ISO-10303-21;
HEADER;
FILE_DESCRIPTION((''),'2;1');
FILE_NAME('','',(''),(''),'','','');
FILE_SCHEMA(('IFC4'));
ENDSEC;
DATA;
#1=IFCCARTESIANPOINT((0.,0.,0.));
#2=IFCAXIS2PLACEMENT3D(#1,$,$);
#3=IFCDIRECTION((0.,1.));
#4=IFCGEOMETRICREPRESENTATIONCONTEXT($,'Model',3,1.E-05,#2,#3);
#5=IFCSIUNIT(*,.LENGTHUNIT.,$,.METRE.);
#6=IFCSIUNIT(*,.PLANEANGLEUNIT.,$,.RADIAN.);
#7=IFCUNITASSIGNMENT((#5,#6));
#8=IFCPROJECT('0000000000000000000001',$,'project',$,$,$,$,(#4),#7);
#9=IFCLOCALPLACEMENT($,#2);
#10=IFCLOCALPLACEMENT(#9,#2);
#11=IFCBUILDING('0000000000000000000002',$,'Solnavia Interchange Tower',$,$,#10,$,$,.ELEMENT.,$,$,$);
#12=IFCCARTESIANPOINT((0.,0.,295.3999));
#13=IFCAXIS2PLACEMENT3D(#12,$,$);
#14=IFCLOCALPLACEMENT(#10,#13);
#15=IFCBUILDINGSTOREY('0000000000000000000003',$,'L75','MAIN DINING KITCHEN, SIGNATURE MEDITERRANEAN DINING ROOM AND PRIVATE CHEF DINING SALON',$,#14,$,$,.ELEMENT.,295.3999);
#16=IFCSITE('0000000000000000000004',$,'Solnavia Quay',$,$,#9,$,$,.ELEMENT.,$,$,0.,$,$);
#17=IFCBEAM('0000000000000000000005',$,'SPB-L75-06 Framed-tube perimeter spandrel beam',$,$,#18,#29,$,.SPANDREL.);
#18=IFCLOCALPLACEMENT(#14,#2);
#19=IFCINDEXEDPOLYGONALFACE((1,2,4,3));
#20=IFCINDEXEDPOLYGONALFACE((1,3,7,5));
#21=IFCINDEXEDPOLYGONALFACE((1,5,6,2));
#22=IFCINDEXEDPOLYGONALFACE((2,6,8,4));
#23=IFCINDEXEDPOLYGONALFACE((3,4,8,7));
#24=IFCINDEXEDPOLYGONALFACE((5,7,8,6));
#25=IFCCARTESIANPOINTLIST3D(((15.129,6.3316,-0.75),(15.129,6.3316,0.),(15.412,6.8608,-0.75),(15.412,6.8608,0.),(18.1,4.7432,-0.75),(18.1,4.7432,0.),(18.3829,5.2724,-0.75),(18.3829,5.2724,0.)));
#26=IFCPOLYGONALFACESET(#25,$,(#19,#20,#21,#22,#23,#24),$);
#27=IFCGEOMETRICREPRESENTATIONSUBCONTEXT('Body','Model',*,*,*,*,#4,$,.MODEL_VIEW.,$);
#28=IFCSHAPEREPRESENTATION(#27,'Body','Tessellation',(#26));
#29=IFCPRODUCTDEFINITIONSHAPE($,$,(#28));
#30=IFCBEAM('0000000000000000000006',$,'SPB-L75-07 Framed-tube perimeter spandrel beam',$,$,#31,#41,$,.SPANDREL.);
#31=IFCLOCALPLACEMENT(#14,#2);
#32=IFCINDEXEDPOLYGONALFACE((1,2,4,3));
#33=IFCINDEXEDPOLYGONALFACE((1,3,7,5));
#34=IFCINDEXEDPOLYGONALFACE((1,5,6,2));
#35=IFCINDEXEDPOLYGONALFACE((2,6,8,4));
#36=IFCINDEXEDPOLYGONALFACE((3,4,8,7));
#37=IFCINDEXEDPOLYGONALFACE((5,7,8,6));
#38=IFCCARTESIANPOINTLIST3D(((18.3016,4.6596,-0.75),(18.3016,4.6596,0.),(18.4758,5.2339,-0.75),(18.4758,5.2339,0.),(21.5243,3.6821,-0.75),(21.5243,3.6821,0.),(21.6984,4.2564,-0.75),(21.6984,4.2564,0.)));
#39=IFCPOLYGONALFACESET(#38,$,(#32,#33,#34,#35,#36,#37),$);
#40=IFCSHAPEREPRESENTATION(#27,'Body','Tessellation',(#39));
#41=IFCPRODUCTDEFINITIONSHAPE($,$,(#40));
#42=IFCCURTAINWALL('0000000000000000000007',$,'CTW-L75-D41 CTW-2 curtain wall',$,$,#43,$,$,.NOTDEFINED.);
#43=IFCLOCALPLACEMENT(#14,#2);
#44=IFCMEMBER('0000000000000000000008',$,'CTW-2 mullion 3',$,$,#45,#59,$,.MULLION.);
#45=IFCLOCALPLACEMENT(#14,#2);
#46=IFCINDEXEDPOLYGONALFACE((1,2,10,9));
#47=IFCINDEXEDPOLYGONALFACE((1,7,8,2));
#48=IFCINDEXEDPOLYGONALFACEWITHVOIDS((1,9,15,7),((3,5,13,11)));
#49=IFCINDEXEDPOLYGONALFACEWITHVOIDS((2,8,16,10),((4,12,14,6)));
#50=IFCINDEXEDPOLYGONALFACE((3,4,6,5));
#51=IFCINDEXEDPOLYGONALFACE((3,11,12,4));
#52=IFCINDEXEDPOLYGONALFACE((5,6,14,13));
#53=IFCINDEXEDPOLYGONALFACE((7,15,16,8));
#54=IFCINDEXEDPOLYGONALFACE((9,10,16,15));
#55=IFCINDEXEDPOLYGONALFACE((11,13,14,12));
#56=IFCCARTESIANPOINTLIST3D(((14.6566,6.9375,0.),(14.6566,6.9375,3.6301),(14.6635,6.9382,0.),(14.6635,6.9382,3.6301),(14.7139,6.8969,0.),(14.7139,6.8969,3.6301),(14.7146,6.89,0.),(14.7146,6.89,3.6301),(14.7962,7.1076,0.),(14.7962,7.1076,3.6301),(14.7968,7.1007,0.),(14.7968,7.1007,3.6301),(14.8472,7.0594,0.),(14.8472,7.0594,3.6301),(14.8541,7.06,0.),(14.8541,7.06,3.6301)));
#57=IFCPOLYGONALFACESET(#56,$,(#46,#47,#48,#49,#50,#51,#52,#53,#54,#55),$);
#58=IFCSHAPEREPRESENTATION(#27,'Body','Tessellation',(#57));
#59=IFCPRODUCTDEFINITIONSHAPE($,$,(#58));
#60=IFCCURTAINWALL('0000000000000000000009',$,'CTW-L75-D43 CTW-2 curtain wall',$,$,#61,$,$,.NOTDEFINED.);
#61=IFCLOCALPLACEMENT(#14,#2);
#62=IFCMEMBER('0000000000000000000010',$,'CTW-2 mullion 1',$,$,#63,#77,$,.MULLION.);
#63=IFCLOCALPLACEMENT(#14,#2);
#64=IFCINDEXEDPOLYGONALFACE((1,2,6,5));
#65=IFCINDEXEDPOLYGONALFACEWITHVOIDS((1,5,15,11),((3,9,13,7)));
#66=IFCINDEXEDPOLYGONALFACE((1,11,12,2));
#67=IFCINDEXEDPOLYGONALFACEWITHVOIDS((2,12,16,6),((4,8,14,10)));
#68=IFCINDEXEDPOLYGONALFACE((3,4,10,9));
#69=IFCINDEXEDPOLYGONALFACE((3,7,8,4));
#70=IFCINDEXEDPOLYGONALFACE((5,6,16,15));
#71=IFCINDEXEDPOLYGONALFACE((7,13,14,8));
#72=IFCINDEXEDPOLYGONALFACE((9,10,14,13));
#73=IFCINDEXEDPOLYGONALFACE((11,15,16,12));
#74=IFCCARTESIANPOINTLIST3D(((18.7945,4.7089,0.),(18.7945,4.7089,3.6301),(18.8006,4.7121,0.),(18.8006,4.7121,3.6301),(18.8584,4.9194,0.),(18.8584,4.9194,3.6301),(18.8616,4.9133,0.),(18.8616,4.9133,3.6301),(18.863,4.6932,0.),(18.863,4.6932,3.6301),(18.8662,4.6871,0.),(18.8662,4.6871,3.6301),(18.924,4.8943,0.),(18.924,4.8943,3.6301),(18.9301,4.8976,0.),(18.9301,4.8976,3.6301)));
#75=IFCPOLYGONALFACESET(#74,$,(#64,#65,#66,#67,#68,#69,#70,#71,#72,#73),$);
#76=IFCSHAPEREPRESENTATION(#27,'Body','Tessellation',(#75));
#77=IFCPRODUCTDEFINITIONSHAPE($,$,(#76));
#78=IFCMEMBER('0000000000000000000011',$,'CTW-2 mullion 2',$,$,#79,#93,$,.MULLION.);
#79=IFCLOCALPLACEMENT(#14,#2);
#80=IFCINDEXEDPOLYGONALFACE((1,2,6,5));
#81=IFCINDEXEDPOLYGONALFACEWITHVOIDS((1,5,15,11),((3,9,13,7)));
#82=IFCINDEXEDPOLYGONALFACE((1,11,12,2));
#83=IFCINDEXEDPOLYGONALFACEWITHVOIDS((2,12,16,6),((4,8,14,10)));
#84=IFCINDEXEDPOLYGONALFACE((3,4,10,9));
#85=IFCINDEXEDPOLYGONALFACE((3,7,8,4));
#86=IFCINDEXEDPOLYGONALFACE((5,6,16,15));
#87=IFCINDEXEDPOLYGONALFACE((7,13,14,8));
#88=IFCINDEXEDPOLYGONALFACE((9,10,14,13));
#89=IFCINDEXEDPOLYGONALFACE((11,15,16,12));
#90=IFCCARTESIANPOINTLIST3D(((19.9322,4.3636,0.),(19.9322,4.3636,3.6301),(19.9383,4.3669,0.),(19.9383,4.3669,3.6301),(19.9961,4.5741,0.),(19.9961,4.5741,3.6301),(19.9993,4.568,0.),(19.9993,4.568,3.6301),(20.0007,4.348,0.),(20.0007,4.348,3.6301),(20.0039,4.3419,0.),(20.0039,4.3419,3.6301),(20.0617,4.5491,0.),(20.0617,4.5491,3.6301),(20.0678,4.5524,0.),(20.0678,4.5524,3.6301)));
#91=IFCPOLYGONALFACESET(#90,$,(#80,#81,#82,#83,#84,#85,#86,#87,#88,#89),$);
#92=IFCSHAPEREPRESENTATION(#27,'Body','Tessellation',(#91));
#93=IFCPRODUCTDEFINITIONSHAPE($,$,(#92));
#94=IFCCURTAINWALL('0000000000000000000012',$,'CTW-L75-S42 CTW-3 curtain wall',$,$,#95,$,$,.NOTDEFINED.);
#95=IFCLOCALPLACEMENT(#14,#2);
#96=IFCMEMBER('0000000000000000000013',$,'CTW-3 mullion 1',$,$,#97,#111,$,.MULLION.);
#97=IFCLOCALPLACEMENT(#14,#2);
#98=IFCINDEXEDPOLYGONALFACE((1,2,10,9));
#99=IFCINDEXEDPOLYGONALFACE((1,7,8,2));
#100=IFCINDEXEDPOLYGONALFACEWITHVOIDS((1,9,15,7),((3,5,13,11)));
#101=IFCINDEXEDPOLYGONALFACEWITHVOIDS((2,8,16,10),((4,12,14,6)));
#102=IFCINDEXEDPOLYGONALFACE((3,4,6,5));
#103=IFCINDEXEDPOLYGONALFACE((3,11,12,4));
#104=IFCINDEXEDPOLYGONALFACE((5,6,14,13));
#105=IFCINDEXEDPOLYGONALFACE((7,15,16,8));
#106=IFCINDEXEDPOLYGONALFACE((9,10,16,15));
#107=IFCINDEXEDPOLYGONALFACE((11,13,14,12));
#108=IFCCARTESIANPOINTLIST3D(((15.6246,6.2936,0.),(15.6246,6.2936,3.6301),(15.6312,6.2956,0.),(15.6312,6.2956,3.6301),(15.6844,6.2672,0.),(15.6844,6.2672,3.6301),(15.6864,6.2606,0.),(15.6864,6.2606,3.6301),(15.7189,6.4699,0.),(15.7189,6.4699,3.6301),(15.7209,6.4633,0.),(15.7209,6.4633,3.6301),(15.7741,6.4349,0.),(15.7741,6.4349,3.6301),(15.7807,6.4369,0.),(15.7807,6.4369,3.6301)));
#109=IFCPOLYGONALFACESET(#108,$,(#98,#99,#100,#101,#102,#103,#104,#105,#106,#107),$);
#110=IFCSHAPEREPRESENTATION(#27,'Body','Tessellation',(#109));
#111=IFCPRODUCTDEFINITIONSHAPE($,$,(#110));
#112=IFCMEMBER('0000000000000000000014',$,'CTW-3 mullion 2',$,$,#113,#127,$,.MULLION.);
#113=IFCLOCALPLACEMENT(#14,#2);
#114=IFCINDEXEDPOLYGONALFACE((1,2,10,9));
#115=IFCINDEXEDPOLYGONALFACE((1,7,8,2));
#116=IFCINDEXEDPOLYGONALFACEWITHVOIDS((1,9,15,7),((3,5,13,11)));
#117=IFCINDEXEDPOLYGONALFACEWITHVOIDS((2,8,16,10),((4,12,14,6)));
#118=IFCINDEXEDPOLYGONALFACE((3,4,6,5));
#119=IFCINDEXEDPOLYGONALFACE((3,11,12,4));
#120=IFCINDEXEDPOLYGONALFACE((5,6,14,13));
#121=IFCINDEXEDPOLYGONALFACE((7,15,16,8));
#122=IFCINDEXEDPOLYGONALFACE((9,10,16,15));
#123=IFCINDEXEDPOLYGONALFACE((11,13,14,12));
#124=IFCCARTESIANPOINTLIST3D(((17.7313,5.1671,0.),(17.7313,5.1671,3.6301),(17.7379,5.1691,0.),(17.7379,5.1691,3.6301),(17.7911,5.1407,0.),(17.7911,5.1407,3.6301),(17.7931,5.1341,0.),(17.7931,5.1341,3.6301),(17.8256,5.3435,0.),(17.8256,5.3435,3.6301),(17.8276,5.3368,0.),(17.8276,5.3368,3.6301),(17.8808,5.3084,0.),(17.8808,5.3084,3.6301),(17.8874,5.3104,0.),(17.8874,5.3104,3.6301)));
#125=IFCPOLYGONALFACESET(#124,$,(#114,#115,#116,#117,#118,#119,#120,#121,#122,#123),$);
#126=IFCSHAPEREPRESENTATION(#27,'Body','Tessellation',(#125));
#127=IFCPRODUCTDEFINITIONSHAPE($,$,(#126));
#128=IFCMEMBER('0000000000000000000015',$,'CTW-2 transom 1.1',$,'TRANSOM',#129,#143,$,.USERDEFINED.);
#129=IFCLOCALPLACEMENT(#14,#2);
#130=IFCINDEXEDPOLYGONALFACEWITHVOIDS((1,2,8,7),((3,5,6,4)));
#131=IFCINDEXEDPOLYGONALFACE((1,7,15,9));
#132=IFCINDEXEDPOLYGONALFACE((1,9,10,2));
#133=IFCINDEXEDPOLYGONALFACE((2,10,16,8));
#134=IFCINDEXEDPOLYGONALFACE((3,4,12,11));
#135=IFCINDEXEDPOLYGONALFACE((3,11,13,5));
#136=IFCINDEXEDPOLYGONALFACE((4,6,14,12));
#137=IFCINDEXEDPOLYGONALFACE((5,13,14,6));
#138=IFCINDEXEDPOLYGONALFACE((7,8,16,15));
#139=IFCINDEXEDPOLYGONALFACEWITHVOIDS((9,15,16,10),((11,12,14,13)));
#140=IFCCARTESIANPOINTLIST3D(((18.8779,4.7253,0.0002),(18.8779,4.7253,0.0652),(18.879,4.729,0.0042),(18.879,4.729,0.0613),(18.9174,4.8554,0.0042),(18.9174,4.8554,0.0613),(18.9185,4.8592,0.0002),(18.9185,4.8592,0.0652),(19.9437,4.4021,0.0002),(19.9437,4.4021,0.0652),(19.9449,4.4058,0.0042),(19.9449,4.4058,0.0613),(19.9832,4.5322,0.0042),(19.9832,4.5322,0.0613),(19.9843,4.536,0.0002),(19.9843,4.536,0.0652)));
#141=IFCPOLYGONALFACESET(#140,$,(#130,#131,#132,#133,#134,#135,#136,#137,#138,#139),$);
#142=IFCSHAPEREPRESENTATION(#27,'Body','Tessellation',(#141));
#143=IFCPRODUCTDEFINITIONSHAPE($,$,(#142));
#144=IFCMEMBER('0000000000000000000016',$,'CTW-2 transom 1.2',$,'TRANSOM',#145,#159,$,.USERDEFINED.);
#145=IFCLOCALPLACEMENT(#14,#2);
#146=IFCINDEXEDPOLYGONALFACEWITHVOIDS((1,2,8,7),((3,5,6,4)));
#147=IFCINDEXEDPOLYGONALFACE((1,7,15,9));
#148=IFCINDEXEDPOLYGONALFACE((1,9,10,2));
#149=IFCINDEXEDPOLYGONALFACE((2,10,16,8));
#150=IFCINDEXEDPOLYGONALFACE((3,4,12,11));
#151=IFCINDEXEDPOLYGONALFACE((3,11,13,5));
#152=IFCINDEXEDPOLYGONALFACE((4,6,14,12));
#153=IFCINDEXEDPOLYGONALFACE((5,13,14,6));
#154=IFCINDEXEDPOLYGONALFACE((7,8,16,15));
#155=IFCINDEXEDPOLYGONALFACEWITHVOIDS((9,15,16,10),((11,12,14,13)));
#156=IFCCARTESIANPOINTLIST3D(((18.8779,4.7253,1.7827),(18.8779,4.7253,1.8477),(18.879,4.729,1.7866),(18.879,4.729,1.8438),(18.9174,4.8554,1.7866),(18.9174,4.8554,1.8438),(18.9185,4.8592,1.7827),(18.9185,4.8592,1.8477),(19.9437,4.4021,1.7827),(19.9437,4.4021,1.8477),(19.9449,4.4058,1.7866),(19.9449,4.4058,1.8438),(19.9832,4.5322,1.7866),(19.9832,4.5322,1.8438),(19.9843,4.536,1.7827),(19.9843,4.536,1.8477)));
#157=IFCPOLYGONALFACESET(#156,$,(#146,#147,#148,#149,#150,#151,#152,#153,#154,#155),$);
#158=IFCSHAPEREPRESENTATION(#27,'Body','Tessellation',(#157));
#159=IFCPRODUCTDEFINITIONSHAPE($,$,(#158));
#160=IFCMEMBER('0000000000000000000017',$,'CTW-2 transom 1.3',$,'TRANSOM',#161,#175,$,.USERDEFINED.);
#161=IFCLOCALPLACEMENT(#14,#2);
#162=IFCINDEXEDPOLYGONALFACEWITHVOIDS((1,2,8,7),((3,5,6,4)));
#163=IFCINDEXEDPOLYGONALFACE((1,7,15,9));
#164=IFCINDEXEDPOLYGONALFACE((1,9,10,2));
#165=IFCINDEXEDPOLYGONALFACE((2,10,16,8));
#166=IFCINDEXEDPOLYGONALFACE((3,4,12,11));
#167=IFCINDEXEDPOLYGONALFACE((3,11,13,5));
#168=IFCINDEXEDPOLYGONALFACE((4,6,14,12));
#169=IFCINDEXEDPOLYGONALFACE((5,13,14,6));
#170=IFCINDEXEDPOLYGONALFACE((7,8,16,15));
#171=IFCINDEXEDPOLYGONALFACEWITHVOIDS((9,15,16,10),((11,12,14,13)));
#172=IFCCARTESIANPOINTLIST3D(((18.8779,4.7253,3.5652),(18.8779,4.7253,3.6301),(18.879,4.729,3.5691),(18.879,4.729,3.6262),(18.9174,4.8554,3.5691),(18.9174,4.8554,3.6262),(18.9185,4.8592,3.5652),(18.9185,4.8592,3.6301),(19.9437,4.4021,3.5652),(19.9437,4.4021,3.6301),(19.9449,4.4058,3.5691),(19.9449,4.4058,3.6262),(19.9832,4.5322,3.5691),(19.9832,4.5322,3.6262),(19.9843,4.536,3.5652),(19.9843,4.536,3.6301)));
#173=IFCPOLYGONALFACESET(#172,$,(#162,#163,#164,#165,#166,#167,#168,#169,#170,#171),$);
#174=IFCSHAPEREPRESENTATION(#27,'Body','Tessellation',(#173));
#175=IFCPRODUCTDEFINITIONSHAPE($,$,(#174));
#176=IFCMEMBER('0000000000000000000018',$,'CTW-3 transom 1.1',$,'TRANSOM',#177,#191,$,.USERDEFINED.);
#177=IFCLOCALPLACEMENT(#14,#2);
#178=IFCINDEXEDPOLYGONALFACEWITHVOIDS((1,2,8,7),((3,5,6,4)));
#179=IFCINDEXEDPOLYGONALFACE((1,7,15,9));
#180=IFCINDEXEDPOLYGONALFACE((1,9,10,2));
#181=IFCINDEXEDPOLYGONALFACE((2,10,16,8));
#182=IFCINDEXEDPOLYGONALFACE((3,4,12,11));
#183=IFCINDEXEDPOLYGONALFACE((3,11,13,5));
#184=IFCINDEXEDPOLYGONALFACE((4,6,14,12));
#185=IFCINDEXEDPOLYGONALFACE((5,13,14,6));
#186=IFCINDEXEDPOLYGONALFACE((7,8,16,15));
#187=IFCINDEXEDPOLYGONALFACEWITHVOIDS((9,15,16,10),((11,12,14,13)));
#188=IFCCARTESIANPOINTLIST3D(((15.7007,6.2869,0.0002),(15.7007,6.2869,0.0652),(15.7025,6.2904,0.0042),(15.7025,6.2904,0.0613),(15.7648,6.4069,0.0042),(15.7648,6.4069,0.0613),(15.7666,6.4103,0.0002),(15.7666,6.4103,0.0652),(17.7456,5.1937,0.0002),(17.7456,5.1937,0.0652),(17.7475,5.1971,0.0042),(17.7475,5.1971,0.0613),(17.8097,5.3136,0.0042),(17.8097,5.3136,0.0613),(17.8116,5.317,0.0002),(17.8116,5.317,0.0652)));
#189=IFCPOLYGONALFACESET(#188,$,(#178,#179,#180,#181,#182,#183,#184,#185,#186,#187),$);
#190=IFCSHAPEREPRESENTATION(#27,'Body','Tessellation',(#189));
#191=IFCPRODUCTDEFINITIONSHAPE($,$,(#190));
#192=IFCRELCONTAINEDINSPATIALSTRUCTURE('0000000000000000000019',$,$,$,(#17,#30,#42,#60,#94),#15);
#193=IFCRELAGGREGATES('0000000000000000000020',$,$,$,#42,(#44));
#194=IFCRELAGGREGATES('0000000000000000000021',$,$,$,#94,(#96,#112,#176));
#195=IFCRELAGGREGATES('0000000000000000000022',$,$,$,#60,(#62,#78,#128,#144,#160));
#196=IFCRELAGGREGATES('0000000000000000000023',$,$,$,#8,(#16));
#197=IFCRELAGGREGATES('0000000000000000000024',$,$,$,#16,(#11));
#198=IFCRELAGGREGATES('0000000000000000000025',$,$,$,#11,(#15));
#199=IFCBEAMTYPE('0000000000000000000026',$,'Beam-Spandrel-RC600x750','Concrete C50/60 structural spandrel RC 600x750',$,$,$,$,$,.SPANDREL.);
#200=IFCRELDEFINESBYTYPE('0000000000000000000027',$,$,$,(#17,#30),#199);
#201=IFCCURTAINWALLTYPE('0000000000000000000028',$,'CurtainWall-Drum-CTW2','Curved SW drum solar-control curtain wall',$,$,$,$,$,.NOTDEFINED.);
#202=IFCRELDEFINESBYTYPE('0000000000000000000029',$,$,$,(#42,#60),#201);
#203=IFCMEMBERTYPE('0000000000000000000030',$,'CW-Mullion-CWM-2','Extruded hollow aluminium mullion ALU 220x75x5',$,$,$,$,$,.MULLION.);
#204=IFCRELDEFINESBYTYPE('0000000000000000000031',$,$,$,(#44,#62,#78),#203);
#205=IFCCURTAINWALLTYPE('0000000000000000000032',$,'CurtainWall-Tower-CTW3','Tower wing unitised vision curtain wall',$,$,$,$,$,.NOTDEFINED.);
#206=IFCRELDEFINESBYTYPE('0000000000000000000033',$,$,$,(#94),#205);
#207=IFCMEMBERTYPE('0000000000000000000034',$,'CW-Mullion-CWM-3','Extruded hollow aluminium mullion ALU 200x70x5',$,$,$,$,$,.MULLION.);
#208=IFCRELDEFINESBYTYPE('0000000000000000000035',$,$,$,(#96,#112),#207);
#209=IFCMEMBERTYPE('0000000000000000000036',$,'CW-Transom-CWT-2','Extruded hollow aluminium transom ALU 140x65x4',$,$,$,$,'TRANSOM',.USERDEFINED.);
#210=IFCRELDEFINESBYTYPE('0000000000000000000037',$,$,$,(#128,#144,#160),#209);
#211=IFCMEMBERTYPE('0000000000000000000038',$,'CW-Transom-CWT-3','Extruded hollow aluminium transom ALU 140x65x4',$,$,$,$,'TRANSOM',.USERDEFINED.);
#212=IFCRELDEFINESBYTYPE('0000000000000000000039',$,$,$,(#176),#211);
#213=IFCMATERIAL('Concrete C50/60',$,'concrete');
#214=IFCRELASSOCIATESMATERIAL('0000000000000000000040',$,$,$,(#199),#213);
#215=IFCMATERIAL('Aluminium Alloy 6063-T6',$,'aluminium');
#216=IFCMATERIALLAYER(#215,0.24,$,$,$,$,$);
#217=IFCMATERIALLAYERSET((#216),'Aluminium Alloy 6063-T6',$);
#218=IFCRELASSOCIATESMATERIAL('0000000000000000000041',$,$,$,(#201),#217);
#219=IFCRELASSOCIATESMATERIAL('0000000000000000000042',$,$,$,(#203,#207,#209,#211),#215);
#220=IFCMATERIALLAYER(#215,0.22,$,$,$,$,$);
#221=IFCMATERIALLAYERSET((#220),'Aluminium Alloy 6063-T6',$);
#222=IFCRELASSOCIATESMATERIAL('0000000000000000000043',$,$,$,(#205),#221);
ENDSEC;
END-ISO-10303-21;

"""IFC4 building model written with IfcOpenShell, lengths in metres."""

from ifc_helpers import new_model, si_unit, direction, frame, origin, origin_2d, place, context, subcontext, project, spatial, rectangle, hollow_rectangle, extrude, material, layer, layer_set, material_profile, profile_set, type_object, element, aggregate, save


model = new_model("IFC4")

# Units and contexts
model_context = context("Model", 3, precision=1e-05, world=origin(), true_north=direction((0.0, 1.0)))
body_context = subcontext(model_context, "Body", "Model", "MODEL_VIEW")
ifc_project = project(units=[si_unit("LENGTHUNIT", "METRE"), si_unit("PLANEANGLEUNIT", "RADIAN")], contexts=[model_context])

# Site, building, storey
site_placement = place(None, origin())
site = spatial("IfcSite", under=ifc_project, at=site_placement, Name="Solnavia Quay", CompositionType="ELEMENT", RefElevation=0.0)
building_placement = place(site_placement, origin())
building = spatial("IfcBuilding", under=site, at=building_placement, Name="Solnavia Interchange Tower", CompositionType="ELEMENT")
storey_placement = place(building_placement, frame((0.0, 0.0, 295.3999)))
storey = spatial("IfcBuildingStorey", under=building, at=storey_placement, Name="L75", Description="MAIN DINING KITCHEN, SIGNATURE MEDITERRANEAN DINING ROOM AND PRIVATE CHEF DINING SALON", CompositionType="ELEMENT", Elevation=295.3999)

# Shared definitions
ifc_material_1 = material(Name="Concrete C50/60", Category="concrete")

# Beams
ifc_material_profile_1 = material_profile(ifc_material_1, rectangle(XDim=0.6001, YDim=0.75, at=origin_2d()), Name="RC 600x750")
ifc_profile_set_1 = profile_set([ifc_material_profile_1], Name="Concrete C50/60")
beam_type_1 = type_object("IfcBeamType", Name="Beam-Spandrel-RC600x750", Description="Concrete C50/60 structural spandrel RC 600x750", PredefinedType="SPANDREL", material=ifc_profile_set_1)
beam_1_placement = place(storey_placement, frame((15.2705, 6.5962, -0.375), z_axis=(0.881875, -0.471483, 0.0), x_axis=(0.471483, 0.881875, 0.0)))
element("IfcBeam", 1, at=beam_1_placement, inside=storey, type_object=beam_type_1, Name="SPB-L75-06 Framed-tube perimeter spandrel beam", PredefinedType="SPANDREL", context=body_context, shape_type="SweptSolid", body=[
    extrude(rectangle(XDim=0.6001, YDim=0.75, at=origin_2d()), origin(), (0.0, 0.0, 1.0), 3.3689),
])
beam_2_placement = place(storey_placement, frame((18.3887, 4.9468, -0.375), z_axis=(0.956944, -0.290273, 0.0), x_axis=(0.290273, 0.956944, 0.0)))
element("IfcBeam", 2, at=beam_2_placement, inside=storey, type_object=beam_type_1, Name="SPB-L75-07 Framed-tube perimeter spandrel beam", PredefinedType="SPANDREL", context=body_context, shape_type="SweptSolid", body=[
    extrude(rectangle(XDim=0.6001, YDim=0.75, at=origin_2d()), origin(), (0.0, 0.0, 1.0), 3.3677),
])

# Curtain wall, member
ifc_material_2 = material(Name="Aluminium Alloy 6063-T6", Category="aluminium")
ifc_layer_1 = layer(ifc_material_2, 0.24)
ifc_layer_set_1 = layer_set([ifc_layer_1], Name="Aluminium Alloy 6063-T6")
curtain_wall_type_1 = type_object("IfcCurtainWallType", Name="CurtainWall-Drum-CTW2", Description="Curved SW drum solar-control curtain wall", PredefinedType="NOTDEFINED", material=ifc_layer_set_1)
curtain_wall_1_placement = place(storey_placement, origin())
curtain_wall_1 = element("IfcCurtainWall", 3, at=curtain_wall_1_placement, inside=storey, type_object=curtain_wall_type_1, Name="CTW-L75-D41 CTW-2 curtain wall", PredefinedType="NOTDEFINED")
ifc_material_profile_2 = material_profile(ifc_material_2, hollow_rectangle(XDim=0.075, YDim=0.22, WallThickness=0.0049, at=origin_2d()), Name="ALU 220x75x5")
ifc_profile_set_2 = profile_set([ifc_material_profile_2], Name="Aluminium Alloy 6063-T6")
member_type_1 = type_object("IfcMemberType", Name="CW-Mullion-CWM-2", Description="Extruded hollow aluminium mullion ALU 220x75x5", PredefinedType="MULLION", material=ifc_profile_set_2)
member_1_placement = place(storey_placement, frame((14.7554, 6.9988, 0.0), z_axis=(0.0, 0.0, 1.0), x_axis=(0.773103, -0.63428, 0.0)))
member_1 = element("IfcMember", 4, at=member_1_placement, type_object=member_type_1, Name="CTW-2 mullion 3", PredefinedType="MULLION", context=body_context, shape_type="SweptSolid", body=[
    extrude(hollow_rectangle(XDim=0.075, YDim=0.22, WallThickness=0.0049, at=origin_2d()), origin(), (0.0, 0.0, 1.0), 3.6301),
])
aggregate(curtain_wall_1, [member_1])

# Curtain walls, members
curtain_wall_2_placement = place(storey_placement, origin())
curtain_wall_2 = element("IfcCurtainWall", 5, at=curtain_wall_2_placement, inside=storey, type_object=curtain_wall_type_1, Name="CTW-L75-D43 CTW-2 curtain wall", PredefinedType="NOTDEFINED")
member_2_placement = place(storey_placement, frame((18.8623, 4.8032, 0.0), z_axis=(0.0, 0.0, 1.0), x_axis=(0.956942, -0.290279, 0.0)))
member_2 = element("IfcMember", 6, at=member_2_placement, type_object=member_type_1, Name="CTW-2 mullion 1", PredefinedType="MULLION", context=body_context, shape_type="SweptSolid", body=[
    extrude(hollow_rectangle(XDim=0.075, YDim=0.22, WallThickness=0.0049, at=origin_2d()), origin(), (0.0, 0.0, 1.0), 3.6301),
])
member_3_placement = place(storey_placement, frame((20.0, 4.458, 0.0), z_axis=(0.0, 0.0, 1.0), x_axis=(0.956942, -0.290279, 0.0)))
member_3 = element("IfcMember", 7, at=member_3_placement, type_object=member_type_1, Name="CTW-2 mullion 2", PredefinedType="MULLION", context=body_context, shape_type="SweptSolid", body=[
    extrude(hollow_rectangle(XDim=0.075, YDim=0.22, WallThickness=0.0049, at=origin_2d()), origin(), (0.0, 0.0, 1.0), 3.6301),
])
ifc_layer_2 = layer(ifc_material_2, 0.22)
ifc_layer_set_2 = layer_set([ifc_layer_2], Name="Aluminium Alloy 6063-T6")
curtain_wall_type_2 = type_object("IfcCurtainWallType", Name="CurtainWall-Tower-CTW3", Description="Tower wing unitised vision curtain wall", PredefinedType="NOTDEFINED", material=ifc_layer_set_2)
curtain_wall_3_placement = place(storey_placement, origin())
curtain_wall_3 = element("IfcCurtainWall", 8, at=curtain_wall_3_placement, inside=storey, type_object=curtain_wall_type_2, Name="CTW-L75-S42 CTW-3 curtain wall", PredefinedType="NOTDEFINED")
ifc_material_profile_3 = material_profile(ifc_material_2, hollow_rectangle(XDim=0.0701, YDim=0.2, WallThickness=0.0049, at=origin_2d()), Name="ALU 200x70x5")
ifc_profile_set_3 = profile_set([ifc_material_profile_3], Name="Aluminium Alloy 6063-T6")
member_type_2 = type_object("IfcMemberType", Name="CW-Mullion-CWM-3", Description="Extruded hollow aluminium mullion ALU 200x70x5", PredefinedType="MULLION", material=ifc_profile_set_3)
member_4_placement = place(storey_placement, frame((15.7026, 6.3652, 0.0), z_axis=(0.0, 0.0, 1.0), x_axis=(0.881859, -0.471513, 0.0)))
member_4 = element("IfcMember", 9, at=member_4_placement, type_object=member_type_2, Name="CTW-3 mullion 1", PredefinedType="MULLION", context=body_context, shape_type="SweptSolid", body=[
    extrude(hollow_rectangle(XDim=0.0701, YDim=0.2, WallThickness=0.0049, at=origin_2d()), origin(), (0.0, 0.0, 1.0), 3.6301),
])
member_5_placement = place(storey_placement, frame((17.8093, 5.2388, 0.0), z_axis=(0.0, 0.0, 1.0), x_axis=(0.881859, -0.471513, 0.0)))
member_5 = element("IfcMember", 10, at=member_5_placement, type_object=member_type_2, Name="CTW-3 mullion 2", PredefinedType="MULLION", context=body_context, shape_type="SweptSolid", body=[
    extrude(hollow_rectangle(XDim=0.0701, YDim=0.2, WallThickness=0.0049, at=origin_2d()), origin(), (0.0, 0.0, 1.0), 3.6301),
])

# Members
ifc_material_profile_4 = material_profile(ifc_material_2, hollow_rectangle(XDim=0.0649, YDim=0.1399, WallThickness=0.0039, at=origin_2d()), Name="ALU 140x65x4")
ifc_profile_set_4 = profile_set([ifc_material_profile_4], Name="Aluminium Alloy 6063-T6")
member_type_3 = type_object("IfcMemberType", Name="CW-Transom-CWT-2", Description="Extruded hollow aluminium transom ALU 140x65x4", ElementType="TRANSOM", PredefinedType="USERDEFINED", material=ifc_profile_set_4)
member_6_placement = place(storey_placement, frame((18.8982, 4.7922, 0.0327), z_axis=(0.956965, -0.290202, 0.0), x_axis=(0.0, 0.0, 1.0)))
member_6 = element("IfcMember", 11, at=member_6_placement, type_object=member_type_3, Name="CTW-2 transom 1.1", ObjectType="TRANSOM", PredefinedType="USERDEFINED", context=body_context, shape_type="SweptSolid", body=[
    extrude(hollow_rectangle(XDim=0.0649, YDim=0.1399, WallThickness=0.0039, at=origin_2d()), origin(), (0.0, 0.0, 1.0), 1.1138),
])
member_7_placement = place(storey_placement, frame((18.8982, 4.7922, 1.8152), z_axis=(0.956965, -0.290202, 0.0), x_axis=(0.0, 0.0, 1.0)))
member_7 = element("IfcMember", 12, at=member_7_placement, type_object=member_type_3, Name="CTW-2 transom 1.2", ObjectType="TRANSOM", PredefinedType="USERDEFINED", context=body_context, shape_type="SweptSolid", body=[
    extrude(hollow_rectangle(XDim=0.0649, YDim=0.1399, WallThickness=0.0039, at=origin_2d()), origin(), (0.0, 0.0, 1.0), 1.1138),
])
member_8_placement = place(storey_placement, frame((18.8982, 4.7922, 3.5977), z_axis=(0.956965, -0.290202, 0.0), x_axis=(0.0, 0.0, 1.0)))
member_8 = element("IfcMember", 13, at=member_8_placement, type_object=member_type_3, Name="CTW-2 transom 1.3", ObjectType="TRANSOM", PredefinedType="USERDEFINED", context=body_context, shape_type="SweptSolid", body=[
    extrude(hollow_rectangle(XDim=0.0649, YDim=0.1399, WallThickness=0.0039, at=origin_2d()), origin(), (0.0, 0.0, 1.0), 1.1138),
])
ifc_material_profile_5 = material_profile(ifc_material_2, hollow_rectangle(XDim=0.0649, YDim=0.1399, WallThickness=0.0039, at=origin_2d()), Name="ALU 140x65x4")
ifc_profile_set_5 = profile_set([ifc_material_profile_5], Name="Aluminium Alloy 6063-T6")
member_type_4 = type_object("IfcMemberType", Name="CW-Transom-CWT-3", Description="Extruded hollow aluminium transom ALU 140x65x4", ElementType="TRANSOM", PredefinedType="USERDEFINED", material=ifc_profile_set_5)
member_9_placement = place(storey_placement, frame((15.7336, 6.3486, 0.0327), z_axis=(0.88188, -0.471473, 0.0), x_axis=(0.0, 0.0, 1.0)))
member_9 = element("IfcMember", 14, at=member_9_placement, type_object=member_type_4, Name="CTW-3 transom 1.1", ObjectType="TRANSOM", PredefinedType="USERDEFINED", context=body_context, shape_type="SweptSolid", body=[
    extrude(hollow_rectangle(XDim=0.0649, YDim=0.1399, WallThickness=0.0039, at=origin_2d()), origin(), (0.0, 0.0, 1.0), 2.3188),
])

aggregate(curtain_wall_3, [member_4, member_5, member_9])
aggregate(curtain_wall_2, [member_2, member_3, member_6, member_7, member_8])

save(model, "model.ifc")
